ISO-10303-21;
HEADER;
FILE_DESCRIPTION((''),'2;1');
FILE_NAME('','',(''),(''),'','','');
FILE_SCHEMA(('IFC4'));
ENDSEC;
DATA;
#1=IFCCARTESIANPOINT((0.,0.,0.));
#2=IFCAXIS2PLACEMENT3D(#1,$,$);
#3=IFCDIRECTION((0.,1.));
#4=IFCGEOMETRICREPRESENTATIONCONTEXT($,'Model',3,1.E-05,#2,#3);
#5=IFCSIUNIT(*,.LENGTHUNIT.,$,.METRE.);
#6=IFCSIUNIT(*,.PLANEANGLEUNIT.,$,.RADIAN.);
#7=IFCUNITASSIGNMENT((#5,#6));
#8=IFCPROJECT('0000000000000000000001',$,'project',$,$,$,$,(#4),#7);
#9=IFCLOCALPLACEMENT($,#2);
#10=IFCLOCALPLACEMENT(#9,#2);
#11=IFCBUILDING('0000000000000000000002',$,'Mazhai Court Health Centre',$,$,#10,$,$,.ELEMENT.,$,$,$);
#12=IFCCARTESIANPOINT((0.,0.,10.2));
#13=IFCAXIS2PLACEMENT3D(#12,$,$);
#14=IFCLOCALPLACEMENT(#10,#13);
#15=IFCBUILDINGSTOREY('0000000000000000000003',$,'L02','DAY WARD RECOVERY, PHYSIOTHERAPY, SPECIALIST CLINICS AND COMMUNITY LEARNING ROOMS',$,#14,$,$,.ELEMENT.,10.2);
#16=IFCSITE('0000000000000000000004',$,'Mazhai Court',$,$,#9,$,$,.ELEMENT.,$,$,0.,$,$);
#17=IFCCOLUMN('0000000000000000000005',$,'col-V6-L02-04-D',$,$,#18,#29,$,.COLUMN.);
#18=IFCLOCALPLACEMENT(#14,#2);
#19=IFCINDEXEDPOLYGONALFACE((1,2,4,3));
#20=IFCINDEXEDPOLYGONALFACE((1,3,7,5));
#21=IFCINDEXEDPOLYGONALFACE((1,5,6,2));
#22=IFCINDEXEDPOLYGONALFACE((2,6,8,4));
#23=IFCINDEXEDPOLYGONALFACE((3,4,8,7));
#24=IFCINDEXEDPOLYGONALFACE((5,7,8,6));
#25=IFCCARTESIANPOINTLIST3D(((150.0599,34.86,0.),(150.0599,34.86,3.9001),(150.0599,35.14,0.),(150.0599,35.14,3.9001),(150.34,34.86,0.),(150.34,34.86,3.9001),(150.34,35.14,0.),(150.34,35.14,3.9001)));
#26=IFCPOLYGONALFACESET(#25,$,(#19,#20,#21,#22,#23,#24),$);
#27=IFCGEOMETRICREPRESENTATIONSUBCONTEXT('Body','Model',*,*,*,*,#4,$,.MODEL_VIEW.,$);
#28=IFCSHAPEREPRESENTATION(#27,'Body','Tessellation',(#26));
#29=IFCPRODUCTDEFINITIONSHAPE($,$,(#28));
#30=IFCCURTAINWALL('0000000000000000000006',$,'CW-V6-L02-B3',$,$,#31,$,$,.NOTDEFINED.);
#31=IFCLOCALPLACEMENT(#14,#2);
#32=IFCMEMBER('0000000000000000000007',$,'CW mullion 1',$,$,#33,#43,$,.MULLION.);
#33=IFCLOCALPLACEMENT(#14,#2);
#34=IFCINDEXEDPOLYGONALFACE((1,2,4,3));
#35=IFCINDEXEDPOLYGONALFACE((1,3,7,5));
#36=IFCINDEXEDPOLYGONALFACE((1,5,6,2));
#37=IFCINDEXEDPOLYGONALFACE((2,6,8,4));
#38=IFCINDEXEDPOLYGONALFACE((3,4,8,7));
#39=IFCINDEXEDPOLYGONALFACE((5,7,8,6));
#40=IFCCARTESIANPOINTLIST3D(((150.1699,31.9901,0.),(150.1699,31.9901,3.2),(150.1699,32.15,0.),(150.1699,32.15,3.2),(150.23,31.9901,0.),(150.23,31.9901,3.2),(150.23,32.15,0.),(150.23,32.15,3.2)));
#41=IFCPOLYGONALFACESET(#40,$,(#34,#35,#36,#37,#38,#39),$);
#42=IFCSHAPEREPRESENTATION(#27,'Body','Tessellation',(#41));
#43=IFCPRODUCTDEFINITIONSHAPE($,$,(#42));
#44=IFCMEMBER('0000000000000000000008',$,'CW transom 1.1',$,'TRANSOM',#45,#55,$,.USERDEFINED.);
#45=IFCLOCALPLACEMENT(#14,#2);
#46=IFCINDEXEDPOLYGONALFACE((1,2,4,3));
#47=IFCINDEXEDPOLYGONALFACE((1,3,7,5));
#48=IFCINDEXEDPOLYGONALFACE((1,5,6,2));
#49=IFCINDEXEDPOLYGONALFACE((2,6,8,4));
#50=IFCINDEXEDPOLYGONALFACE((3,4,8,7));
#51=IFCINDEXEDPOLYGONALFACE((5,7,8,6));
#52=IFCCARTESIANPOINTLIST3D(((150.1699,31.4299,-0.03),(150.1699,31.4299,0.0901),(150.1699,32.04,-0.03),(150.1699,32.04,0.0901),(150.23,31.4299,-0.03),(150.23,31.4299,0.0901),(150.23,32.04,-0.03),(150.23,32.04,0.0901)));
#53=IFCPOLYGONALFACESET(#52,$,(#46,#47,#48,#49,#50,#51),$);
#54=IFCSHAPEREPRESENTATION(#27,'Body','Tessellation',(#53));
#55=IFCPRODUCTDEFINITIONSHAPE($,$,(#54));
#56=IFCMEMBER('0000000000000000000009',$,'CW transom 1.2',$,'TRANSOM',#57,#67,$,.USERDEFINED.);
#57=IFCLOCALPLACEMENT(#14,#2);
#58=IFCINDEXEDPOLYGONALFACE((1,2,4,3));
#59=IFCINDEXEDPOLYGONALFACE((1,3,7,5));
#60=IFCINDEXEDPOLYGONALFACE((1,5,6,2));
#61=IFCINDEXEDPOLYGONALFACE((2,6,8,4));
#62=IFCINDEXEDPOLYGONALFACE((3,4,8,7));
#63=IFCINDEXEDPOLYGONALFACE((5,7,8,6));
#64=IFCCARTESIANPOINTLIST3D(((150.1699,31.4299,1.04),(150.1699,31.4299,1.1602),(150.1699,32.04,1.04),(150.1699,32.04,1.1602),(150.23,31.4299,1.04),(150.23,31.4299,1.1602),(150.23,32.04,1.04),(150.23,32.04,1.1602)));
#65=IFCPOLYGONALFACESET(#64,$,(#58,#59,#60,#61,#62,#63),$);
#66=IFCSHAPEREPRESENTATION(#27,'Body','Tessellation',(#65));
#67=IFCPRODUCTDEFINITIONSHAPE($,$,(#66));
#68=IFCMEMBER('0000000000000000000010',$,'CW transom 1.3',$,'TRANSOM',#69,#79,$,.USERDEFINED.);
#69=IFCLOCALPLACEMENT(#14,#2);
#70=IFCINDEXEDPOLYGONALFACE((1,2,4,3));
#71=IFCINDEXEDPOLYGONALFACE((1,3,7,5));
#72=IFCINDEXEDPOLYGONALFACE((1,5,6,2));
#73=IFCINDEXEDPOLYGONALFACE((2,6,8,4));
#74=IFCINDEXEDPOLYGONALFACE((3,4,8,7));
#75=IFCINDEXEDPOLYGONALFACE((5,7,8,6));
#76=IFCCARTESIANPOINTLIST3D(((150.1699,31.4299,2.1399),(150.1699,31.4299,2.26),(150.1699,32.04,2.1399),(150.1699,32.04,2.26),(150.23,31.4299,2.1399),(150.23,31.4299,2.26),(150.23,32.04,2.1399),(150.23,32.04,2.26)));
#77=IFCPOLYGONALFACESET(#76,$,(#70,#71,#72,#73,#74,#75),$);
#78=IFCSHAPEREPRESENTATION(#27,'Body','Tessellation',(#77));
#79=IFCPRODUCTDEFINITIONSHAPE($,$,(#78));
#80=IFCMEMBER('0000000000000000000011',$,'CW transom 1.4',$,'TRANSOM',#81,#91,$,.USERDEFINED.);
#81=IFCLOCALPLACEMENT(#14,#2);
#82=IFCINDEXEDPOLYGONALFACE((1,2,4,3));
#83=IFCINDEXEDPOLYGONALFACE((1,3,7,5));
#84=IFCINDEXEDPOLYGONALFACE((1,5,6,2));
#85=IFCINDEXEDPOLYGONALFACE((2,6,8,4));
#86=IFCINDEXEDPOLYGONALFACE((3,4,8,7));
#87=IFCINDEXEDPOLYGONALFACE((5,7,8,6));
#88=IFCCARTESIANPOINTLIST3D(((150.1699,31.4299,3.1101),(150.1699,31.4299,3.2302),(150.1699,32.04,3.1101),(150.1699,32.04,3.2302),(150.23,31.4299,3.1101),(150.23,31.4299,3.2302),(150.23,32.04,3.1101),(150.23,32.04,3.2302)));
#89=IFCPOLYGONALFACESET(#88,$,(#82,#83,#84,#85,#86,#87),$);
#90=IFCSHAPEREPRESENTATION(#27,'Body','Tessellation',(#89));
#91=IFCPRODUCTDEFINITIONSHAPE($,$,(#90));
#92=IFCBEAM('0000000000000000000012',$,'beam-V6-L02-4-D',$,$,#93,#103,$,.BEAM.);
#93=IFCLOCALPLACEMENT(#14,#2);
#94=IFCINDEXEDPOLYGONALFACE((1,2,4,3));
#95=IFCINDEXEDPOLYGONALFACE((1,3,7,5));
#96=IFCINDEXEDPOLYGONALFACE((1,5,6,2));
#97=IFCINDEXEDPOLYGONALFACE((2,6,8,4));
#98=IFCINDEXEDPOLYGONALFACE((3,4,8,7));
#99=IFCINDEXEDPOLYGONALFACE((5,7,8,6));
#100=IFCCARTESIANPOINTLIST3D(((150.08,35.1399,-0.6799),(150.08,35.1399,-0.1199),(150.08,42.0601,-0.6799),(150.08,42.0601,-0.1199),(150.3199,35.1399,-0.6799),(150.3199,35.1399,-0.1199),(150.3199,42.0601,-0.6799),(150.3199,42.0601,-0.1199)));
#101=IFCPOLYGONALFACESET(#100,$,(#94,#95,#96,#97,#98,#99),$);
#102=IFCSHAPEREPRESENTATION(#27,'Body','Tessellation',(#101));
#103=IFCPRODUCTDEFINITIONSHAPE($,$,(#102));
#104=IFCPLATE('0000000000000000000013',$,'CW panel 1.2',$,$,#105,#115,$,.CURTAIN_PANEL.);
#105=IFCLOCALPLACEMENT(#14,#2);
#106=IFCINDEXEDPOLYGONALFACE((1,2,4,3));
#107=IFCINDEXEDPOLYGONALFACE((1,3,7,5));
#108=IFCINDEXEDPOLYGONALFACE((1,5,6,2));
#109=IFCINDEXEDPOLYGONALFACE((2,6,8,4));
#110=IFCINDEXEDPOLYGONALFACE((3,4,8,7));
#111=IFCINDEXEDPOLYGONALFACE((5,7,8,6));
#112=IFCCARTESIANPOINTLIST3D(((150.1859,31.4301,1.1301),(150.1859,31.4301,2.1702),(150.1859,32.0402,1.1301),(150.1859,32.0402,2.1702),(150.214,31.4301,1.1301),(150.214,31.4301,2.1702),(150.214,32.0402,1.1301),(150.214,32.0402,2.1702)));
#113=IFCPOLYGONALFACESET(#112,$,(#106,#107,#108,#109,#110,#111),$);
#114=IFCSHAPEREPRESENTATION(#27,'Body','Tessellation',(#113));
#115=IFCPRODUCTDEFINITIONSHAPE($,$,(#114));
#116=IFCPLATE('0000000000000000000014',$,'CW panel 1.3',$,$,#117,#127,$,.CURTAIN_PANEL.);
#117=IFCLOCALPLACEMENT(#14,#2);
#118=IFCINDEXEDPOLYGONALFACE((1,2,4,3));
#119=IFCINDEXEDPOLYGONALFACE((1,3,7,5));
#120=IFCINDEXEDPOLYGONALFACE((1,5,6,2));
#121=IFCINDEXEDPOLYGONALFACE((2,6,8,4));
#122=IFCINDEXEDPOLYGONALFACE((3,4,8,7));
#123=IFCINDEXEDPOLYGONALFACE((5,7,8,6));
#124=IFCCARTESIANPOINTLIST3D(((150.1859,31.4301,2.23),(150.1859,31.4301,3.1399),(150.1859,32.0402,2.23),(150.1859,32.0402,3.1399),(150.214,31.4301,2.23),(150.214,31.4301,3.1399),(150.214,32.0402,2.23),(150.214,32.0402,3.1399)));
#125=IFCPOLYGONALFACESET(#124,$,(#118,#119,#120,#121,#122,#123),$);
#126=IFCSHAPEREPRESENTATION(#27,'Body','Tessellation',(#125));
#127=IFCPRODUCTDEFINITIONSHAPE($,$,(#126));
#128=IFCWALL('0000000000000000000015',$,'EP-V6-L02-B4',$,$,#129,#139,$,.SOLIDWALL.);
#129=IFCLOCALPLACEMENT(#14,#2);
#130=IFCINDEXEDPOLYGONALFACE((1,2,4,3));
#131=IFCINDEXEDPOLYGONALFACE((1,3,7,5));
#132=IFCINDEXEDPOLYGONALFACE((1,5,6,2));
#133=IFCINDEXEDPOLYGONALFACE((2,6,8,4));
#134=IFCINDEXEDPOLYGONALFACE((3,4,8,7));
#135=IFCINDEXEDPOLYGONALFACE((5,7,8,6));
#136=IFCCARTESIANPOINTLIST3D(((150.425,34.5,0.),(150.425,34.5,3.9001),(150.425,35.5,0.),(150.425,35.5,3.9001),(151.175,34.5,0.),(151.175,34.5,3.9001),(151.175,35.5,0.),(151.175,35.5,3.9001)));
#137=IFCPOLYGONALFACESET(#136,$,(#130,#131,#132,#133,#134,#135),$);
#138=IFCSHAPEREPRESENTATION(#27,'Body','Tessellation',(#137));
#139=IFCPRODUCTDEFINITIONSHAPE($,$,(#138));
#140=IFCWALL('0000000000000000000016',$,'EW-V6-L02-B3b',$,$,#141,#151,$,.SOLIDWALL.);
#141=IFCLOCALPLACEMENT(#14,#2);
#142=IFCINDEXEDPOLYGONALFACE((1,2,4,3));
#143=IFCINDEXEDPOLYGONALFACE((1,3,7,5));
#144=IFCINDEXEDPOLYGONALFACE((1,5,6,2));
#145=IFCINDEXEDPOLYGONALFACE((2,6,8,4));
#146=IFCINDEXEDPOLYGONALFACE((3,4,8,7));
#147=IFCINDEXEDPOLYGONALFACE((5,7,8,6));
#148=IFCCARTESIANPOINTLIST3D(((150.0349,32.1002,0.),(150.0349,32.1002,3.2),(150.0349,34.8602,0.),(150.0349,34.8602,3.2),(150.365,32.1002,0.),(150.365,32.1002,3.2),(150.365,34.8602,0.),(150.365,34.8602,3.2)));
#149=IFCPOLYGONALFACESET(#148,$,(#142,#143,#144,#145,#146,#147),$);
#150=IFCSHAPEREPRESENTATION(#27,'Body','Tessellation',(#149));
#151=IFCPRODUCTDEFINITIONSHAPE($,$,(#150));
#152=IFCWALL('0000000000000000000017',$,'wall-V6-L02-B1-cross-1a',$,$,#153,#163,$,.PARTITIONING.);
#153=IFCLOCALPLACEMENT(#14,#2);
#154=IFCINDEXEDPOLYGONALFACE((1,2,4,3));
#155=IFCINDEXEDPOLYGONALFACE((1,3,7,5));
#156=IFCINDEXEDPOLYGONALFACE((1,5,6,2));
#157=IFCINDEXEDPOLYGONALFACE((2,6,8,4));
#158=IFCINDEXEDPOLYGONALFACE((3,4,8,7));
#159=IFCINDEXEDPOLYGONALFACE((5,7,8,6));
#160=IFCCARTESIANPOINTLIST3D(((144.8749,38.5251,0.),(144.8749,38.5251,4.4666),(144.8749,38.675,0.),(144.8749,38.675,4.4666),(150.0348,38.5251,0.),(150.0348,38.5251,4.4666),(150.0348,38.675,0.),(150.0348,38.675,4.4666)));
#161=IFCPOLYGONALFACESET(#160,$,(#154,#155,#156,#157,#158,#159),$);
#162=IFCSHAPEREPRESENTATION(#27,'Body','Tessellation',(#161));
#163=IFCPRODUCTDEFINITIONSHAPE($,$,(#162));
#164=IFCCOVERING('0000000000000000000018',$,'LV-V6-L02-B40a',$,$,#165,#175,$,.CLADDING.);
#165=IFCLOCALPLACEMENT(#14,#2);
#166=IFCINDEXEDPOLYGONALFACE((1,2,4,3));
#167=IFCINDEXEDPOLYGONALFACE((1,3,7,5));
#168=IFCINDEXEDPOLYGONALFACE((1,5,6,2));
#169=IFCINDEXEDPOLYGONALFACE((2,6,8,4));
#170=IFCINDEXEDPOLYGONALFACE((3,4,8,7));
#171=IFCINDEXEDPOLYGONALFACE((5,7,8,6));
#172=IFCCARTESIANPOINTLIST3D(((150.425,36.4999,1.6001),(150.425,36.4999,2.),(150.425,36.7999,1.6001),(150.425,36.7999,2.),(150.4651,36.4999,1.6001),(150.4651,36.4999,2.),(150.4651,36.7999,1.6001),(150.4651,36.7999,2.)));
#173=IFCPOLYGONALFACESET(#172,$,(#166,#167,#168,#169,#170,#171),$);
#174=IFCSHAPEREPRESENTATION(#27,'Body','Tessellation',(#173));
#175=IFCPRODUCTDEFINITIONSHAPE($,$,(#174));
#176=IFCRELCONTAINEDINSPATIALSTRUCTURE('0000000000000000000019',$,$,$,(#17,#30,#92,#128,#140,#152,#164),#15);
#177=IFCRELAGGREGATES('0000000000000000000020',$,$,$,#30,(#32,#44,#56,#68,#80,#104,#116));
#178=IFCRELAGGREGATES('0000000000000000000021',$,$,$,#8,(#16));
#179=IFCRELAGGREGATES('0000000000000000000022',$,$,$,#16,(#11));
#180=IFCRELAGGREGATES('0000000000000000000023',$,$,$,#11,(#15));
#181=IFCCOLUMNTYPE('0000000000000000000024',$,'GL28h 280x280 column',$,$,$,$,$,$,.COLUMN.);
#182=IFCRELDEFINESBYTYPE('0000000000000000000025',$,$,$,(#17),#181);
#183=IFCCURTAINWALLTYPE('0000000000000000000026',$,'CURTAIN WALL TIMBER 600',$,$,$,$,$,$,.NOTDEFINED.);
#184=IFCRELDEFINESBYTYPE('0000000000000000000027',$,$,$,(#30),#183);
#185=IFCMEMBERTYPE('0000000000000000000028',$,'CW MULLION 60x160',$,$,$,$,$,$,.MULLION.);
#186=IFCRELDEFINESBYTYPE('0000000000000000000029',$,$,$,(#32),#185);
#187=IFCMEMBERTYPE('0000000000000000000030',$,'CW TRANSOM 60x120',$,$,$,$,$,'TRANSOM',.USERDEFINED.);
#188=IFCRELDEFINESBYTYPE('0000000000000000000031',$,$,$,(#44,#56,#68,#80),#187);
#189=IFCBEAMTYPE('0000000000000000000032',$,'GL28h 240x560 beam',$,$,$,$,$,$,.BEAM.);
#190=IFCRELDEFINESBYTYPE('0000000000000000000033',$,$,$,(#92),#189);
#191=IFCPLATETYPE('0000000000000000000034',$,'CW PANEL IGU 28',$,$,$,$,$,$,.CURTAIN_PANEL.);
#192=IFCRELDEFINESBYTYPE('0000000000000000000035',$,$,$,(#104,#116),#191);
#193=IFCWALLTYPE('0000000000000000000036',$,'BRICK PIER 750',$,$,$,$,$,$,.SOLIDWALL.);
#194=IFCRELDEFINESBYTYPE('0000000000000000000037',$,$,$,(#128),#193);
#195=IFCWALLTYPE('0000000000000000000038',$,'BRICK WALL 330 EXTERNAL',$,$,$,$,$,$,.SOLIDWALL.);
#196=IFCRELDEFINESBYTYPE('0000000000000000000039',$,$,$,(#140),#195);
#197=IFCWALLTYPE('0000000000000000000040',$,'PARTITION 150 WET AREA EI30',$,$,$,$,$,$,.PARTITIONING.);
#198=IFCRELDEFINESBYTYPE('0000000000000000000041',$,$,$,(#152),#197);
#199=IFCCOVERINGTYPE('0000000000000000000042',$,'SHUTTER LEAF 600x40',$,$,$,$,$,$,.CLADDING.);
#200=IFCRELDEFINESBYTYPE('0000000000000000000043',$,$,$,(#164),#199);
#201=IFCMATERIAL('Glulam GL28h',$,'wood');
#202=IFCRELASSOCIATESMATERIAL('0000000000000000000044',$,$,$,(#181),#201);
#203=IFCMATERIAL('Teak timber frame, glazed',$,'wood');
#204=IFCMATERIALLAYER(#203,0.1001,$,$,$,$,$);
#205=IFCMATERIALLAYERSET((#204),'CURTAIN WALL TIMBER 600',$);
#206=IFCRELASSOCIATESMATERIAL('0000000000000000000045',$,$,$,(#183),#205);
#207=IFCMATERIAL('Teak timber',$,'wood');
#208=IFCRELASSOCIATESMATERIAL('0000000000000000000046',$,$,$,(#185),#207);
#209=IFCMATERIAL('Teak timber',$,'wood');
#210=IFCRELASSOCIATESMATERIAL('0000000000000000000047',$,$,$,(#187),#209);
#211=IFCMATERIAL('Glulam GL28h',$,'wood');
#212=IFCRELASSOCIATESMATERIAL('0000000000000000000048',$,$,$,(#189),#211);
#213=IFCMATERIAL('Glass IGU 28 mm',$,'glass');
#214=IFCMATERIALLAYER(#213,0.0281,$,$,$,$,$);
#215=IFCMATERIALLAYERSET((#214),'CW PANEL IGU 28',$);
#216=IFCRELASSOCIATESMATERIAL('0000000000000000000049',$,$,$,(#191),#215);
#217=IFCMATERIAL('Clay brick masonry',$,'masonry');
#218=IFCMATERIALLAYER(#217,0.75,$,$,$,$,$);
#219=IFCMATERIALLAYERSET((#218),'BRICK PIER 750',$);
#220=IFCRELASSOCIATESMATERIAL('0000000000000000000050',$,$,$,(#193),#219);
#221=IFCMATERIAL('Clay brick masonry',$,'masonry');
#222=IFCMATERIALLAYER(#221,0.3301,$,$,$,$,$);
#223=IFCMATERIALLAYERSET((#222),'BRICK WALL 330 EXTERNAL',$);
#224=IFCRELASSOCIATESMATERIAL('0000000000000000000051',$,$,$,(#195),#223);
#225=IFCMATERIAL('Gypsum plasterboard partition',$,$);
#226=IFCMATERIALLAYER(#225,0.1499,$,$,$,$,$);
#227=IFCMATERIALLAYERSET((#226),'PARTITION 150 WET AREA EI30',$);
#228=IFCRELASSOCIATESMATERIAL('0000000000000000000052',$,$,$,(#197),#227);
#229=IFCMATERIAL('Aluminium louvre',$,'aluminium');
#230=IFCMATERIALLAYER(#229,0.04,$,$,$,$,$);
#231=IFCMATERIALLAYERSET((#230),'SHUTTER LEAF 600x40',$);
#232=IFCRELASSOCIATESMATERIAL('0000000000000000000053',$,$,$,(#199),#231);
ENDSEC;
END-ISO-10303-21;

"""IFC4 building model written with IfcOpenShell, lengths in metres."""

from ifc_helpers import new_model, si_unit, direction, frame, frame_2d, origin, origin_2d, place, context, subcontext, project, spatial, rectangle, extrude, material, layer, layer_set, material_profile, profile_set, type_object, element, aggregate, save


model = new_model("IFC4")

# Units and contexts
model_context = context("Model", 3, precision=1e-05, world=origin(), true_north=direction((0.0, 1.0)))
body_context = subcontext(model_context, "Body", "Model", "MODEL_VIEW")
ifc_project = project(units=[si_unit("LENGTHUNIT", "METRE"), si_unit("PLANEANGLEUNIT", "RADIAN")], contexts=[model_context])

# Site, building, storey
site_placement = place(None, origin())
site = spatial("IfcSite", under=ifc_project, at=site_placement, Name="Mazhai Court", CompositionType="ELEMENT", RefElevation=0.0)
building_placement = place(site_placement, origin())
building = spatial("IfcBuilding", under=site, at=building_placement, Name="Mazhai Court Health Centre", CompositionType="ELEMENT")
storey_placement = place(building_placement, frame((0.0, 0.0, 10.2)))
storey = spatial("IfcBuildingStorey", under=building, at=storey_placement, Name="L02", Description="DAY WARD RECOVERY, PHYSIOTHERAPY, SPECIALIST CLINICS AND COMMUNITY LEARNING ROOMS", CompositionType="ELEMENT", Elevation=10.2)

# Column
ifc_material_1 = material(Name="Glulam GL28h", Category="wood")
ifc_material_profile_1 = material_profile(ifc_material_1, rectangle(XDim=0.28, YDim=0.28, at=origin_2d()), Name="GL28h 280x280")
ifc_profile_set_1 = profile_set([ifc_material_profile_1], Name="Glulam GL28h")
column_type = type_object("IfcColumnType", Name="GL28h 280x280 column", PredefinedType="COLUMN", material=ifc_profile_set_1)
column_placement = place(storey_placement, frame((150.2, 35.0, 0.0), z_axis=(0.0, 0.0, 1.0), x_axis=(1.0, 0.0, 0.0)))
element("IfcColumn", 1, at=column_placement, inside=storey, type_object=column_type, Name="col-V6-L02-04-D", PredefinedType="COLUMN", context=body_context, shape_type="SweptSolid", body=[
    extrude(rectangle(XDim=0.28, YDim=0.28, at=origin_2d()), origin(), (0.0, 0.0, 1.0), 3.9001),
])

# Curtain wall, members
ifc_material_2 = material(Name="Teak timber frame, glazed", Category="wood")
ifc_layer_1 = layer(ifc_material_2, 0.1001)
ifc_layer_set_1 = layer_set([ifc_layer_1], Name="CURTAIN WALL TIMBER 600")
curtain_wall_type = type_object("IfcCurtainWallType", Name="CURTAIN WALL TIMBER 600", PredefinedType="NOTDEFINED", material=ifc_layer_set_1)
curtain_wall_placement = place(storey_placement, origin())
curtain_wall = element("IfcCurtainWall", 2, at=curtain_wall_placement, inside=storey, type_object=curtain_wall_type, Name="CW-V6-L02-B3", PredefinedType="NOTDEFINED")
ifc_material_3 = material(Name="Teak timber", Category="wood")
ifc_material_profile_2 = material_profile(ifc_material_3, rectangle(XDim=0.0601, YDim=0.1599, at=origin_2d()), Name="CW MULLION 60x160")
ifc_profile_set_2 = profile_set([ifc_material_profile_2], Name="Teak timber")
member_type_1 = type_object("IfcMemberType", Name="CW MULLION 60x160", PredefinedType="MULLION", material=ifc_profile_set_2)
member_1_placement = place(storey_placement, frame((150.2, 32.0701, 0.0), z_axis=(0.0, 0.0, 1.0), x_axis=(1.0, 0.0, 0.0)))
member_1 = element("IfcMember", 3, at=member_1_placement, type_object=member_type_1, Name="CW mullion 1", PredefinedType="MULLION", context=body_context, shape_type="SweptSolid", body=[
    extrude(rectangle(XDim=0.0601, YDim=0.1599, at=origin_2d()), origin(), (0.0, 0.0, 1.0), 3.2),
])
ifc_material_4 = material(Name="Teak timber", Category="wood")
ifc_material_profile_3 = material_profile(ifc_material_4, rectangle(XDim=0.0601, YDim=0.1201, at=origin_2d()), Name="CW TRANSOM 60x120")
ifc_profile_set_3 = profile_set([ifc_material_profile_3], Name="Teak timber")
member_type_2 = type_object("IfcMemberType", Name="CW TRANSOM 60x120", ElementType="TRANSOM", PredefinedType="USERDEFINED", material=ifc_profile_set_3)
member_2_placement = place(storey_placement, frame((150.2, 32.04, 0.03), z_axis=(0.0, -1.0, 0.0), x_axis=(1.0, 0.0, 0.0)))
member_2 = element("IfcMember", 4, at=member_2_placement, type_object=member_type_2, Name="CW transom 1.1", ObjectType="TRANSOM", PredefinedType="USERDEFINED", context=body_context, shape_type="SweptSolid", body=[
    extrude(rectangle(XDim=0.0601, YDim=0.1201, at=origin_2d()), origin(), (0.0, 0.0, 1.0), 0.6101),
])
member_3_placement = place(storey_placement, frame((150.2, 32.04, 1.1001), z_axis=(0.0, -1.0, 0.0), x_axis=(1.0, 0.0, 0.0)))
member_3 = element("IfcMember", 5, at=member_3_placement, type_object=member_type_2, Name="CW transom 1.2", ObjectType="TRANSOM", PredefinedType="USERDEFINED", context=body_context, shape_type="SweptSolid", body=[
    extrude(rectangle(XDim=0.0601, YDim=0.1201, at=origin_2d()), origin(), (0.0, 0.0, 1.0), 0.6101),
])
member_4_placement = place(storey_placement, frame((150.2, 32.04, 2.2), z_axis=(0.0, -1.0, 0.0), x_axis=(1.0, 0.0, 0.0)))
member_4 = element("IfcMember", 6, at=member_4_placement, type_object=member_type_2, Name="CW transom 1.3", ObjectType="TRANSOM", PredefinedType="USERDEFINED", context=body_context, shape_type="SweptSolid", body=[
    extrude(rectangle(XDim=0.0601, YDim=0.1201, at=origin_2d()), origin(), (0.0, 0.0, 1.0), 0.6101),
])
member_5_placement = place(storey_placement, frame((150.2, 32.04, 3.1702), z_axis=(0.0, -1.0, 0.0), x_axis=(1.0, 0.0, 0.0)))
member_5 = element("IfcMember", 7, at=member_5_placement, type_object=member_type_2, Name="CW transom 1.4", ObjectType="TRANSOM", PredefinedType="USERDEFINED", context=body_context, shape_type="SweptSolid", body=[
    extrude(rectangle(XDim=0.0601, YDim=0.1201, at=origin_2d()), origin(), (0.0, 0.0, 1.0), 0.6101),
])

# Beam
ifc_material_5 = material(Name="Glulam GL28h", Category="wood")
ifc_material_profile_4 = material_profile(ifc_material_5, rectangle(XDim=0.24, YDim=0.5601, at=origin_2d()), Name="GL28h 240x560")
ifc_profile_set_4 = profile_set([ifc_material_profile_4], Name="Glulam GL28h")
beam_type = type_object("IfcBeamType", Name="GL28h 240x560 beam", PredefinedType="BEAM", material=ifc_profile_set_4)
beam_placement = place(storey_placement, frame((150.2, 35.1399, -0.3999), z_axis=(0.0, 1.0, 0.0), x_axis=(-1.0, 0.0, 0.0)))
element("IfcBeam", 8, at=beam_placement, inside=storey, type_object=beam_type, Name="beam-V6-L02-4-D", PredefinedType="BEAM", context=body_context, shape_type="SweptSolid", body=[
    extrude(rectangle(XDim=0.24, YDim=0.5601, at=origin_2d()), origin(), (0.0, 0.0, 1.0), 6.9202),
])

# Plates
ifc_material_6 = material(Name="Glass IGU 28 mm", Category="glass")
ifc_layer_2 = layer(ifc_material_6, 0.0281)
ifc_layer_set_2 = layer_set([ifc_layer_2], Name="CW PANEL IGU 28")
plate_type = type_object("IfcPlateType", Name="CW PANEL IGU 28", PredefinedType="CURTAIN_PANEL", material=ifc_layer_set_2)
plate_1_placement = place(storey_placement, frame((150.2, 31.7351, 1.1301), z_axis=(0.0, 0.0, 1.0), x_axis=(0.0, -1.0, 0.0)))
plate_1 = element("IfcPlate", 9, at=plate_1_placement, type_object=plate_type, Name="CW panel 1.2", PredefinedType="CURTAIN_PANEL", context=body_context, shape_type="SweptSolid", body=[
    extrude(rectangle(XDim=0.6101, YDim=0.0281, at=origin_2d()), origin(), (0.0, 0.0, 1.0), 1.04),
])
plate_2_placement = place(storey_placement, frame((150.2, 31.7351, 2.23), z_axis=(0.0, 0.0, 1.0), x_axis=(0.0, -1.0, 0.0)))
plate_2 = element("IfcPlate", 10, at=plate_2_placement, type_object=plate_type, Name="CW panel 1.3", PredefinedType="CURTAIN_PANEL", context=body_context, shape_type="SweptSolid", body=[
    extrude(rectangle(XDim=0.6101, YDim=0.0281, at=origin_2d()), origin(), (0.0, 0.0, 1.0), 0.9099),
])
aggregate(curtain_wall, [member_1, member_2, member_3, member_4, member_5, plate_1, plate_2])

# Walls
ifc_material_7 = material(Name="Clay brick masonry", Category="masonry")
ifc_layer_3 = layer(ifc_material_7, 0.75)
ifc_layer_set_3 = layer_set([ifc_layer_3], Name="BRICK PIER 750")
wall_type_1 = type_object("IfcWallType", Name="BRICK PIER 750", PredefinedType="SOLIDWALL", material=ifc_layer_set_3)
wall_1_placement = place(storey_placement, frame((150.8, 35.5, 0.0), z_axis=(0.0, 0.0, 1.0), x_axis=(0.0, -1.0, 0.0)))
element("IfcWall", 11, at=wall_1_placement, inside=storey, type_object=wall_type_1, Name="EP-V6-L02-B4", PredefinedType="SOLIDWALL", context=body_context, shape_type="SweptSolid", body=[
    extrude(rectangle(XDim=1.0, YDim=0.75, at=frame_2d((0.5, 0.0))), origin(), (0.0, 0.0, 1.0), 3.9001),
])
ifc_material_8 = material(Name="Clay brick masonry", Category="masonry")
ifc_layer_4 = layer(ifc_material_8, 0.3301)
ifc_layer_set_4 = layer_set([ifc_layer_4], Name="BRICK WALL 330 EXTERNAL")
wall_type_2 = type_object("IfcWallType", Name="BRICK WALL 330 EXTERNAL", PredefinedType="SOLIDWALL", material=ifc_layer_set_4)
wall_2_placement = place(storey_placement, frame((150.2, 34.8601, 0.0), z_axis=(0.0, 0.0, 1.0), x_axis=(0.0, -1.0, 0.0)))
element("IfcWall", 12, at=wall_2_placement, inside=storey, type_object=wall_type_2, Name="EW-V6-L02-B3b", PredefinedType="SOLIDWALL", context=body_context, shape_type="SweptSolid", body=[
    extrude(rectangle(XDim=2.76, YDim=0.3301, at=frame_2d((1.3799, 0.0))), origin(), (0.0, 0.0, 1.0), 3.2),
])
ifc_material_9 = material(Name="Gypsum plasterboard partition")
ifc_layer_5 = layer(ifc_material_9, 0.1499)
ifc_layer_set_5 = layer_set([ifc_layer_5], Name="PARTITION 150 WET AREA EI30")
wall_type_3 = type_object("IfcWallType", Name="PARTITION 150 WET AREA EI30", PredefinedType="PARTITIONING", material=ifc_layer_set_5)
wall_3_placement = place(storey_placement, frame((150.0349, 38.6001, 0.0), z_axis=(0.0, 0.0, 1.0), x_axis=(-1.0, 0.0, 0.0)))
element("IfcWall", 13, at=wall_3_placement, inside=storey, type_object=wall_type_3, Name="wall-V6-L02-B1-cross-1a", PredefinedType="PARTITIONING", context=body_context, shape_type="SweptSolid", body=[
    extrude(rectangle(XDim=5.1599, YDim=0.1499, at=frame_2d((2.5801, 0.0))), origin(), (0.0, 0.0, 1.0), 4.4666),
])

# Covering
ifc_material_10 = material(Name="Aluminium louvre", Category="aluminium")
ifc_layer_6 = layer(ifc_material_10, 0.04)
ifc_layer_set_6 = layer_set([ifc_layer_6], Name="SHUTTER LEAF 600x40")
covering_type = type_object("IfcCoveringType", Name="SHUTTER LEAF 600x40", PredefinedType="CLADDING", material=ifc_layer_set_6)
for number, where, z_axis, x_axis, name in (
    (14, (150.4451, 36.6499, 1.6001), (0.0, 0.0, 1.0), (0.0, 1.0, 0.0), "LV-V6-L02-B40a"),
):
    element("IfcCovering", number, at=place(storey_placement, frame(where, z_axis=z_axis, x_axis=x_axis)), inside=storey, type_object=covering_type, Name=name, PredefinedType="CLADDING", context=body_context, shape_type="SweptSolid", body=[
        extrude(rectangle(XDim=0.3, YDim=0.04, at=origin_2d()), origin(), (0.0, 0.0, 1.0), 0.3999),
    ])

save(model, "model.ifc")
